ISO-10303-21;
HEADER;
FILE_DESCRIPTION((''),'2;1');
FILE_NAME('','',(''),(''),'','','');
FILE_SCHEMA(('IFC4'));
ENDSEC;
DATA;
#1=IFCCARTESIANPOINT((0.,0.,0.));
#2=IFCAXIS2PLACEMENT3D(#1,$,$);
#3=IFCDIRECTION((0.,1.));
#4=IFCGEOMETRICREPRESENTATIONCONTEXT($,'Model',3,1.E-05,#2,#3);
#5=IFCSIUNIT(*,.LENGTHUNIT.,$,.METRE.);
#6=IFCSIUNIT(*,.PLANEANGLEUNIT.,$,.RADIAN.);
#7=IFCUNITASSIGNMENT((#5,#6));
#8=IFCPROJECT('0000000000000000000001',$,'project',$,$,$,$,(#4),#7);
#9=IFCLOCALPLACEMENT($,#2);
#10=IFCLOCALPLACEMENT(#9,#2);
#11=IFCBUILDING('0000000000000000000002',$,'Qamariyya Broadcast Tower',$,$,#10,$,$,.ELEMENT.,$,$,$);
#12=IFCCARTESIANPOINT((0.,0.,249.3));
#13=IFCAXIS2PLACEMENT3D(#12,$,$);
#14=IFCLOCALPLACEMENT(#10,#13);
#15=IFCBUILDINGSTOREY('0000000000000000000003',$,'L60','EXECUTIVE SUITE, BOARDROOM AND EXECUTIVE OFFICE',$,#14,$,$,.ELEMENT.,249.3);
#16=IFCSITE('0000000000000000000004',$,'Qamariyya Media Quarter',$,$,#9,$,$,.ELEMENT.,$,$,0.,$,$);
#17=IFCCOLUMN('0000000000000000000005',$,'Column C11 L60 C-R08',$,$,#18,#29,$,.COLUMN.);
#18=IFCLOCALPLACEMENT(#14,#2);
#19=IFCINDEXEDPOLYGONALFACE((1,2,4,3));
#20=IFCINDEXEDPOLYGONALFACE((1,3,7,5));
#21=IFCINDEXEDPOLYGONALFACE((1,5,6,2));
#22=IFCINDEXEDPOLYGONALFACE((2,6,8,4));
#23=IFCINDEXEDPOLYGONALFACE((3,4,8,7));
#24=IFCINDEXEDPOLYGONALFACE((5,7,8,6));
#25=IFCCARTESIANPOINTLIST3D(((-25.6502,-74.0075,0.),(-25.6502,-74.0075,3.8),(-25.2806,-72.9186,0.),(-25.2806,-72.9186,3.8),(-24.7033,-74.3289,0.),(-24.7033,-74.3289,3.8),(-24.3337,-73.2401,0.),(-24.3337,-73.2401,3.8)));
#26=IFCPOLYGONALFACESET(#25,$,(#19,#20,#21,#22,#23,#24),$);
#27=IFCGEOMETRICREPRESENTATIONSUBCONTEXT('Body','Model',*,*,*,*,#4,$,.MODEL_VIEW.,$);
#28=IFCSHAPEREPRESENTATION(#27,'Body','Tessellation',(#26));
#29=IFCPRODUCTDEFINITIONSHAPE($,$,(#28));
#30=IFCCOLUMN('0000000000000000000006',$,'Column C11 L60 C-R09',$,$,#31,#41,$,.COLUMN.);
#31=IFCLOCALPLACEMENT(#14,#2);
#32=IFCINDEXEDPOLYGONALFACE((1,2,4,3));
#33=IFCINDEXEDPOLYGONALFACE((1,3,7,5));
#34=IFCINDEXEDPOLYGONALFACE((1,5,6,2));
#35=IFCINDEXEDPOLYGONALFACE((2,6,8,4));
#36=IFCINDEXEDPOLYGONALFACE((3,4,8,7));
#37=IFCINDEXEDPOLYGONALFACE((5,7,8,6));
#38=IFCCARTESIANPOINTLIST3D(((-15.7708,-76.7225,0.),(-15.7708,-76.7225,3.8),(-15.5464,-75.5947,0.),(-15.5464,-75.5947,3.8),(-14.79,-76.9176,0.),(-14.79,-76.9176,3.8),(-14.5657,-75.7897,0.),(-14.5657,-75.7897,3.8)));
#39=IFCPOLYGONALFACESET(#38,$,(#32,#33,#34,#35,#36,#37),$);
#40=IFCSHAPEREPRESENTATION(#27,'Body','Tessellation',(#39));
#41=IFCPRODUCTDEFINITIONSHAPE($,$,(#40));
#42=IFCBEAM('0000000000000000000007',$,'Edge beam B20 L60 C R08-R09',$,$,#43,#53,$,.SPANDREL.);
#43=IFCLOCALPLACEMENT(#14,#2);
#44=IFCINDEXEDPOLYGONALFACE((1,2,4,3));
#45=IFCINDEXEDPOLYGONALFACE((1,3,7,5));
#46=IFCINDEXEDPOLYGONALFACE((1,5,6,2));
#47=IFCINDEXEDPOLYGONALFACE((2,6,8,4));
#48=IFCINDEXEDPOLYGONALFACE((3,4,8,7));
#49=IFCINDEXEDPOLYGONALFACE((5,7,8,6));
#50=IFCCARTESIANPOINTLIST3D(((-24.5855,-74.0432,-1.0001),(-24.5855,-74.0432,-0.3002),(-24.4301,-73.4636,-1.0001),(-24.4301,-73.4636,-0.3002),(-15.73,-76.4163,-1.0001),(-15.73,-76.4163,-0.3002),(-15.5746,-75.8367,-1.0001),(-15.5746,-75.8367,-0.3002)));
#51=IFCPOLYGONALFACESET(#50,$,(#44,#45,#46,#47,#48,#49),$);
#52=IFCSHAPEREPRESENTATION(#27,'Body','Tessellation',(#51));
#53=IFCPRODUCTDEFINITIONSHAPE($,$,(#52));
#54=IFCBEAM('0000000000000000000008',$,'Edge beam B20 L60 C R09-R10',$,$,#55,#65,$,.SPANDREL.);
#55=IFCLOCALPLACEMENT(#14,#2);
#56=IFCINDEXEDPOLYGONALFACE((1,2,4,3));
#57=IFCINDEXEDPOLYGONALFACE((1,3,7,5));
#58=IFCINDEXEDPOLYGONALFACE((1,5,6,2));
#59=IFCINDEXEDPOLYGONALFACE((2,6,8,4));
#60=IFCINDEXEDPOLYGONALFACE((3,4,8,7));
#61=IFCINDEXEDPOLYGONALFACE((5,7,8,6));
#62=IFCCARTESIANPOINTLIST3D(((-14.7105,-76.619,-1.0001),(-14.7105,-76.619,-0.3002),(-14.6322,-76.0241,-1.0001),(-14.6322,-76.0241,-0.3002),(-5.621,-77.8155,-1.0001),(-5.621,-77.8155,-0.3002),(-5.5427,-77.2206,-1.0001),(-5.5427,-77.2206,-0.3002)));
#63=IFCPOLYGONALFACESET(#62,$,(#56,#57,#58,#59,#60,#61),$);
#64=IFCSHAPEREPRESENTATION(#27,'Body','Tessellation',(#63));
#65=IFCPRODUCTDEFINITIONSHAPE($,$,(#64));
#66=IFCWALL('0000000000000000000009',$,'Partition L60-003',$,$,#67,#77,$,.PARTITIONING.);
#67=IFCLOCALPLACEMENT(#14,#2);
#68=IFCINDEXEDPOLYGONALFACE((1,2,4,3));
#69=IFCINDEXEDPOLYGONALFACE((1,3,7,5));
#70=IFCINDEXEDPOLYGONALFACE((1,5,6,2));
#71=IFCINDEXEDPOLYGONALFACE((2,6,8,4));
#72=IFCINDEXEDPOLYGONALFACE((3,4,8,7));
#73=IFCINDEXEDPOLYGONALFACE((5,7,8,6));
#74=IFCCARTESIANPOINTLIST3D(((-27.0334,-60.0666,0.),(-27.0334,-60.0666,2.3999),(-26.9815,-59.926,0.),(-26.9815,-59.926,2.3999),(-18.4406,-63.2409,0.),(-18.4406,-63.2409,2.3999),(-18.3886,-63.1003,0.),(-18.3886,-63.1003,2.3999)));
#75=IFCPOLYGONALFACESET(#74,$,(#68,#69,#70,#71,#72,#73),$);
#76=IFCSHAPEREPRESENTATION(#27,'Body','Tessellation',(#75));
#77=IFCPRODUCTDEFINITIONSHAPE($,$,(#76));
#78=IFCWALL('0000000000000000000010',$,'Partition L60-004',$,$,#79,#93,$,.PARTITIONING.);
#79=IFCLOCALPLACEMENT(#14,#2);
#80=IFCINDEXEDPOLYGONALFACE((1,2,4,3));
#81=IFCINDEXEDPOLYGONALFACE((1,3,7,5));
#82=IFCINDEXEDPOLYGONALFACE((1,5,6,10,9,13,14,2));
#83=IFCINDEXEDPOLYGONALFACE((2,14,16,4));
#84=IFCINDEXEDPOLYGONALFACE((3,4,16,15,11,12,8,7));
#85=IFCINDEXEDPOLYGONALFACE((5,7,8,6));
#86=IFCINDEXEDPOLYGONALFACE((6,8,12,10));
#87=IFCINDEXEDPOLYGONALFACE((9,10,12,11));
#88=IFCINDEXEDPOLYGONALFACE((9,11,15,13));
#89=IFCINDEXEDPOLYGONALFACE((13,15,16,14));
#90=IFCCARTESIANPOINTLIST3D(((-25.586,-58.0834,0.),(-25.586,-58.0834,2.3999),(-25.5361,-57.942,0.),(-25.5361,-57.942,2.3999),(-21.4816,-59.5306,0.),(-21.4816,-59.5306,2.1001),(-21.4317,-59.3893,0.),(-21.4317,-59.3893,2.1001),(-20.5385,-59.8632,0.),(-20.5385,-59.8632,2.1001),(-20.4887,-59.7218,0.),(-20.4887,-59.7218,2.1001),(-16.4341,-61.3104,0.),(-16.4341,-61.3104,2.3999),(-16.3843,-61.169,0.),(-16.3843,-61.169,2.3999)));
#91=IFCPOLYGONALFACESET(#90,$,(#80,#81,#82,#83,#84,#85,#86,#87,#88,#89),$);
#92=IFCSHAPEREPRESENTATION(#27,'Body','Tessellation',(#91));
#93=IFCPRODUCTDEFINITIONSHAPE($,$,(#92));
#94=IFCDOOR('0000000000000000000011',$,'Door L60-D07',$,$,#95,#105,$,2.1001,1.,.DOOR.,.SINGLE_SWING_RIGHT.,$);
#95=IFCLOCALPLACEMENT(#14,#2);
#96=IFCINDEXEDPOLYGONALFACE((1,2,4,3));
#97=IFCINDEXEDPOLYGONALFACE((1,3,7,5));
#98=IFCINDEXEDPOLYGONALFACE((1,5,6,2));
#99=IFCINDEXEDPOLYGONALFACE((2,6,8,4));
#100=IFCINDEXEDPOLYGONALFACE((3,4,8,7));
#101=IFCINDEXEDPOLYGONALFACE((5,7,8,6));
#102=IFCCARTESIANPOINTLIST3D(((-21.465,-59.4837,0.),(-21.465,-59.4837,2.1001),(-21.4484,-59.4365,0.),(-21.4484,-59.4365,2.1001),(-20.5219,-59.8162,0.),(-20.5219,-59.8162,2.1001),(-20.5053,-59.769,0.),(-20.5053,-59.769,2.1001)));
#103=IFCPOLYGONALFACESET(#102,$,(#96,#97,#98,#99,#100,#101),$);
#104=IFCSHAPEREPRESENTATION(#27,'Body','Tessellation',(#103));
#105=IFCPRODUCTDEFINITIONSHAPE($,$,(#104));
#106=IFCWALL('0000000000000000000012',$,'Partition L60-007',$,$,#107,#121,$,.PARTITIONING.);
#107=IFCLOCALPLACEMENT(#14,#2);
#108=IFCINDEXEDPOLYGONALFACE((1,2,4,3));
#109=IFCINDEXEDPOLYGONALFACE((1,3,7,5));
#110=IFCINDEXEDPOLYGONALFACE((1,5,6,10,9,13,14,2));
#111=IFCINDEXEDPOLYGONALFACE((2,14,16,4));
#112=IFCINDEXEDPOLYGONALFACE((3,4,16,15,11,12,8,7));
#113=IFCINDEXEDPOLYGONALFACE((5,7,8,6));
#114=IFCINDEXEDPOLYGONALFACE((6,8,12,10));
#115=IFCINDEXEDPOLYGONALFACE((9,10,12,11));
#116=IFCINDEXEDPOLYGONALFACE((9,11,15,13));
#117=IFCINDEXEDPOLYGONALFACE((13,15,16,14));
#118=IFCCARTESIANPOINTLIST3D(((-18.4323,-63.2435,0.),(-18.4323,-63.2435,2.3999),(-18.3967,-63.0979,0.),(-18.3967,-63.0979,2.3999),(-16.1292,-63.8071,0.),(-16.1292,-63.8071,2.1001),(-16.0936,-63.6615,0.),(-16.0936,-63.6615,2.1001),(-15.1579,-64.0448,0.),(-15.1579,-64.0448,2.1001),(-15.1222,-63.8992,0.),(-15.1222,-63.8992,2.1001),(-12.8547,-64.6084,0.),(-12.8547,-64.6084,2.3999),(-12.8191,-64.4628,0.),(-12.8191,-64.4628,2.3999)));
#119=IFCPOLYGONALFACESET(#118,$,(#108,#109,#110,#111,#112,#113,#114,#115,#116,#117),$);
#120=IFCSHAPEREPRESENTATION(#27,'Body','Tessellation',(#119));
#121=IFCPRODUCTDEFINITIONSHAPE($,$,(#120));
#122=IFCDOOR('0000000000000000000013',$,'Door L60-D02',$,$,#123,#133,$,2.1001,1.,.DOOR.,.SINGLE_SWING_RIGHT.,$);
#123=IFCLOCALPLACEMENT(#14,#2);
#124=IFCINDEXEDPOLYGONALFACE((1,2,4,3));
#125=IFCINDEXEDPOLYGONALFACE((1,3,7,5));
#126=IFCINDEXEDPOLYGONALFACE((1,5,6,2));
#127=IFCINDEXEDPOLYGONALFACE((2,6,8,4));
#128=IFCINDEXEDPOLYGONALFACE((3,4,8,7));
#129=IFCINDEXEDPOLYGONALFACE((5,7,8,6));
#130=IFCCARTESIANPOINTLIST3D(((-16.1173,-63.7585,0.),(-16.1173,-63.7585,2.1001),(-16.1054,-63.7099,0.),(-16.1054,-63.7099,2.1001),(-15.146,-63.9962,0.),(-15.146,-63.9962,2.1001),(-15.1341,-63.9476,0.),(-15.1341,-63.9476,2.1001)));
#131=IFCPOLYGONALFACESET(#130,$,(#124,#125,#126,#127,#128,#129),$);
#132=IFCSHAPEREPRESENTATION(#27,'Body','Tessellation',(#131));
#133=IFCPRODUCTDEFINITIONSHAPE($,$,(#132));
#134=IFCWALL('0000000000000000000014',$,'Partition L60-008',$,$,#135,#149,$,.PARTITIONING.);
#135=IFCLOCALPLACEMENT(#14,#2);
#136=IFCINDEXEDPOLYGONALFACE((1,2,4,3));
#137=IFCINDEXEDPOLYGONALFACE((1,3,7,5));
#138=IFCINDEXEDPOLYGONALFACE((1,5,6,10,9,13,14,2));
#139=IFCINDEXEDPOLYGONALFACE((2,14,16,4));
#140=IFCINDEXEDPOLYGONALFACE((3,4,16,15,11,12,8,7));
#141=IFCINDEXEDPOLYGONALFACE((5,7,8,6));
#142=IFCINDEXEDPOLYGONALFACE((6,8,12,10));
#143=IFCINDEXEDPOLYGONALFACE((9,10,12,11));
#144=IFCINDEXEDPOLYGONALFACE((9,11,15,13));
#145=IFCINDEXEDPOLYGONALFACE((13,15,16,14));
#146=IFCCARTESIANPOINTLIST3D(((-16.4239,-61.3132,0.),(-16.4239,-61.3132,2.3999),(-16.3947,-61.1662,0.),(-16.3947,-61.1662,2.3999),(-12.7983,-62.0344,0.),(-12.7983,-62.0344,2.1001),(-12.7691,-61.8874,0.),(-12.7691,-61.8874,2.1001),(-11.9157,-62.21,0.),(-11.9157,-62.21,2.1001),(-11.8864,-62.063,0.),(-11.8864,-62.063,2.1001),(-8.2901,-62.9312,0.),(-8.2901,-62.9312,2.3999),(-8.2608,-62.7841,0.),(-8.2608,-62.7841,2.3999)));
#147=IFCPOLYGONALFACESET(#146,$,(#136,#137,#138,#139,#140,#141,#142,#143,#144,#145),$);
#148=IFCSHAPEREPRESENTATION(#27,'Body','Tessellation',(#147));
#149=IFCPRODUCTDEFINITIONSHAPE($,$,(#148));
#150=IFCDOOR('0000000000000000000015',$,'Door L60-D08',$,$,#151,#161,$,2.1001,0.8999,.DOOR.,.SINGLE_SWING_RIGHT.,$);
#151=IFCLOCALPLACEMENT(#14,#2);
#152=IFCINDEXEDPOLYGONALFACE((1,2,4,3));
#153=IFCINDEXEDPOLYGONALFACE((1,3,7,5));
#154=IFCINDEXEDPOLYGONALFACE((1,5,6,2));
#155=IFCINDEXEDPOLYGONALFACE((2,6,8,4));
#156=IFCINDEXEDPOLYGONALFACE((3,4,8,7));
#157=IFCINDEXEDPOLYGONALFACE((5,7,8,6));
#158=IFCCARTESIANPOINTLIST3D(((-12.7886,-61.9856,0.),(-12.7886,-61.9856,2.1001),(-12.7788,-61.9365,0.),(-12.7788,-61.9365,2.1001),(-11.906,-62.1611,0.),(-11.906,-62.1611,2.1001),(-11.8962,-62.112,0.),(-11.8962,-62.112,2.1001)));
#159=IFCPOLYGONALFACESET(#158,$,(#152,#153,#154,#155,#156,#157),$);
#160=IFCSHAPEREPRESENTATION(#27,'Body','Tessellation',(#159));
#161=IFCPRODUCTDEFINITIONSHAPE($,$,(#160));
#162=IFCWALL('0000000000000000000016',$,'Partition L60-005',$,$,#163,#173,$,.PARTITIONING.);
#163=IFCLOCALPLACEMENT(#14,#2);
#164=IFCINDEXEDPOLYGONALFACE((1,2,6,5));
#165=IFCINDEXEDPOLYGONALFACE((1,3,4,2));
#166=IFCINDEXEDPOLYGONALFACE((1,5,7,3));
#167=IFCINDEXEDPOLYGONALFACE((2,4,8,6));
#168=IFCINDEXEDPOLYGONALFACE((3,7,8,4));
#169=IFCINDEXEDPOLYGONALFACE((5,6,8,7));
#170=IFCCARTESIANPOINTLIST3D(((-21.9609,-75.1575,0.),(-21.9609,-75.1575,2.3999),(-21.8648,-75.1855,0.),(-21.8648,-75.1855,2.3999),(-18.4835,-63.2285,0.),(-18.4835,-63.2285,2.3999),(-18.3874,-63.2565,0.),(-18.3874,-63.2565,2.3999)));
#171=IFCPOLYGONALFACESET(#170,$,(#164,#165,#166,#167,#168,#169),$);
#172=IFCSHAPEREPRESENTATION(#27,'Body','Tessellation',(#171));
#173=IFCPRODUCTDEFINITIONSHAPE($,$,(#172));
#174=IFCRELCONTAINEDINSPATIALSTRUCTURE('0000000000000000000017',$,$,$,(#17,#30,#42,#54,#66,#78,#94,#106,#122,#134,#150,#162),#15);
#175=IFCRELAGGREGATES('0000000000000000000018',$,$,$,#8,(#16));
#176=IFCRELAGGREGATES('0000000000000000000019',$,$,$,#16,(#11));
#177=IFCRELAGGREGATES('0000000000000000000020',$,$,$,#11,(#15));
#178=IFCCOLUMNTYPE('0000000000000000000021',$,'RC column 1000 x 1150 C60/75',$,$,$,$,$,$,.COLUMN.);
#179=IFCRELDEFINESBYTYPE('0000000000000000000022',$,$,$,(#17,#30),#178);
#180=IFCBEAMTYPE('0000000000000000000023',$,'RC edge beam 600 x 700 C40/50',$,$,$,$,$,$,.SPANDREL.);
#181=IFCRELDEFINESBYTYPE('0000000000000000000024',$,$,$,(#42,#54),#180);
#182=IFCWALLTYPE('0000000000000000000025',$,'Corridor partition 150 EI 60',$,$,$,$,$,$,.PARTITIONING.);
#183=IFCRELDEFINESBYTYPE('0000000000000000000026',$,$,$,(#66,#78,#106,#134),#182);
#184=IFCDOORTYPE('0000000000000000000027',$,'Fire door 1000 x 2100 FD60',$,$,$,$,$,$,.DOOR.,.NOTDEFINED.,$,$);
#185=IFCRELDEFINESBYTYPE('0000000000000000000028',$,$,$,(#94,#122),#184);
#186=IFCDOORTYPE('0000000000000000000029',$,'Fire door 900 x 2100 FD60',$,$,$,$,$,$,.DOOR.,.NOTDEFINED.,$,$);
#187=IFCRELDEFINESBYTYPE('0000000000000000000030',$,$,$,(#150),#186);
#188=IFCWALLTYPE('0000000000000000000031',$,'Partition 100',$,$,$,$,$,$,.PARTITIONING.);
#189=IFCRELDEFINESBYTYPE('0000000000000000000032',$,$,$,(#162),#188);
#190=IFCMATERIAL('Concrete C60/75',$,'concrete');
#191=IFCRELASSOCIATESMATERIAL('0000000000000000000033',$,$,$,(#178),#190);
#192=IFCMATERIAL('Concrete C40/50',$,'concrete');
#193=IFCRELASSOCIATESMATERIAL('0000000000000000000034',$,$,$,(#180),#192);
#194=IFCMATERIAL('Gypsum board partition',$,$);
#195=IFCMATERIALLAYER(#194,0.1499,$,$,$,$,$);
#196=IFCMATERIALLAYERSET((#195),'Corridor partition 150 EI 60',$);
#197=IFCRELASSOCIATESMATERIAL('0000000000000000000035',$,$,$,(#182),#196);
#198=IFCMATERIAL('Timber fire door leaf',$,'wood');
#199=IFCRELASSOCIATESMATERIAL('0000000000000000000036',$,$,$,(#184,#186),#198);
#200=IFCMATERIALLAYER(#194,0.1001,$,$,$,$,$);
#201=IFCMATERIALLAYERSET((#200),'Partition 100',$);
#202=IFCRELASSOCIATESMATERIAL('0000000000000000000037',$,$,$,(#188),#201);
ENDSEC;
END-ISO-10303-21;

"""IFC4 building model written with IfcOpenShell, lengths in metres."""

from ifc_helpers import new_model, si_unit, direction, frame, frame_2d, origin, origin_2d, place, context, subcontext, project, spatial, rectangle, extrude, material, layer, layer_set, material_profile, profile_set, type_object, element, fill, save


model = new_model("IFC4")

# Units and contexts
model_context = context("Model", 3, precision=1e-05, world=origin(), true_north=direction((0.0, 1.0)))
body_context = subcontext(model_context, "Body", "Model", "MODEL_VIEW")
ifc_project = project(units=[si_unit("LENGTHUNIT", "METRE"), si_unit("PLANEANGLEUNIT", "RADIAN")], contexts=[model_context])

# Site, building, storey
site_placement = place(None, origin())
site = spatial("IfcSite", under=ifc_project, at=site_placement, Name="Qamariyya Media Quarter", CompositionType="ELEMENT", RefElevation=0.0)
building_placement = place(site_placement, origin())
building = spatial("IfcBuilding", under=site, at=building_placement, Name="Qamariyya Broadcast Tower", CompositionType="ELEMENT")
storey_placement = place(building_placement, frame((0.0, 0.0, 249.3)))
storey = spatial("IfcBuildingStorey", under=building, at=storey_placement, Name="L60", Description="EXECUTIVE SUITE, BOARDROOM AND EXECUTIVE OFFICE", CompositionType="ELEMENT", Elevation=249.3)

# Columns
ifc_material_1 = material(Name="Concrete C60/75", Category="concrete")
ifc_material_profile_1 = material_profile(ifc_material_1, rectangle(XDim=1.0, YDim=1.1499, at=origin_2d()))
ifc_profile_set_1 = profile_set([ifc_material_profile_1], Name="Concrete C60/75")
column_type = type_object("IfcColumnType", Name="RC column 1000 x 1150 C60/75", PredefinedType="COLUMN", material=ifc_profile_set_1)
for number, where, z_axis, x_axis, name in (
    (1, (-24.9919, -73.6238, 0.0), (0.0, 0.0, 1.0), (0.94693, -0.321439, 0.0), "Column C11 L60 C-R08"),
    (2, (-15.1682, -76.2561, 0.0), (0.0, 0.0, 1.0), (0.980785, -0.19509, 0.0), "Column C11 L60 C-R09"),
):
    element("IfcColumn", number, at=place(storey_placement, frame(where, z_axis=z_axis, x_axis=x_axis)), inside=storey, type_object=column_type, Name=name, PredefinedType="COLUMN", context=body_context, shape_type="SweptSolid", body=[
        extrude(rectangle(XDim=1.0, YDim=1.1499, at=origin_2d()), origin(), (0.0, 0.0, 1.0), 3.8),
    ])

# Beams
ifc_material_2 = material(Name="Concrete C40/50", Category="concrete")
ifc_material_profile_2 = material_profile(ifc_material_2, rectangle(XDim=0.6001, YDim=0.7, at=origin_2d()))
ifc_profile_set_2 = profile_set([ifc_material_profile_2], Name="Concrete C40/50")
beam_type = type_object("IfcBeamType", Name="RC edge beam 600 x 700 C40/50", PredefinedType="SPANDREL", material=ifc_profile_set_2)
for number, where, z_axis, x_axis, name in (
    (3, (-24.5078, -73.7534, -0.6501), (0.96592, -0.258843, 0.0), (0.258843, 0.96592, 0.0), "Edge beam B20 L60 C R08-R09"),
    (4, (-14.6714, -76.3215, -0.6501), (0.991447, -0.130512, 0.0), (0.130512, 0.991447, 0.0), "Edge beam B20 L60 C R09-R10"),
):
    element("IfcBeam", number, at=place(storey_placement, frame(where, z_axis=z_axis, x_axis=x_axis)), inside=storey, type_object=beam_type, Name=name, PredefinedType="SPANDREL", context=body_context, shape_type="SweptSolid", body=[
        extrude(rectangle(XDim=0.6001, YDim=0.7, at=origin_2d()), origin(), (0.0, 0.0, 1.0), 9.168),
    ])

# Wall
ifc_material_3 = material(Name="Gypsum board partition")
ifc_layer_1 = layer(ifc_material_3, 0.1499)
ifc_layer_set_1 = layer_set([ifc_layer_1], Name="Corridor partition 150 EI 60")
wall_type_1 = type_object("IfcWallType", Name="Corridor partition 150 EI 60", PredefinedType="PARTITIONING", material=ifc_layer_set_1)
wall_1_placement = place(storey_placement, frame((-27.0073, -59.9963, 0.0), z_axis=(0.0, 0.0, 1.0), x_axis=(0.93804, -0.346528, 0.0)))
element("IfcWall", 5, at=wall_1_placement, inside=storey, type_object=wall_type_1, Name="Partition L60-003", PredefinedType="PARTITIONING", context=body_context, shape_type="SweptSolid", body=[
    extrude(rectangle(XDim=9.1604, YDim=0.1499, at=frame_2d((4.5801, 0.0))), origin(), (0.0, 0.0, 1.0), 2.3999),
])

# Walls, openings, doors
wall_2_placement = place(storey_placement, frame((-25.561, -58.0127, 0.0), z_axis=(0.0, 0.0, 1.0), x_axis=(0.943088, -0.332544, 0.0)))
wall_2 = element("IfcWall", 6, at=wall_2_placement, inside=storey, type_object=wall_type_1, Name="Partition L60-004", PredefinedType="PARTITIONING", context=body_context, shape_type="SweptSolid", body=[
    extrude(rectangle(XDim=9.7041, YDim=0.1499, at=frame_2d((4.8521, 0.0))), origin(), (0.0, 0.0, 1.0), 2.3999),
])
opening_1_placement = place(wall_2_placement, frame((4.3521, 0.0, 0.0)))
opening_1 = element("IfcOpeningElement", 7, at=opening_1_placement, cuts=wall_2, PredefinedType="OPENING", context=body_context, shape_type="SweptSolid", body=[
    extrude(rectangle(XDim=1.0, YDim=2.1001, at=frame_2d((0.5, 1.05))), frame((0.0, 0.085, 0.0), z_axis=(0.0, -1.0, 0.0), x_axis=(1.0, 0.0, 0.0)), (0.0, 0.0, 1.0), 0.1699),
])
ifc_material_4 = material(Name="Timber fire door leaf", Category="wood")
door_type_1 = type_object("IfcDoorType", Name="Fire door 1000 x 2100 FD60", OperationType="NOTDEFINED", PredefinedType="DOOR", material=ifc_material_4)
door_1_placement = place(opening_1_placement, origin())
door_1 = element("IfcDoor", 8, at=door_1_placement, inside=storey, type_object=door_type_1, Name="Door L60-D07", OperationType="SINGLE_SWING_RIGHT", OverallHeight=2.1001, OverallWidth=1.0, PredefinedType="DOOR", context=body_context, shape_type="SweptSolid", body=[
    extrude(rectangle(XDim=1.0, YDim=2.1001, at=frame_2d((0.5, 1.05))), frame((0.0, 0.0249, 0.0), z_axis=(0.0, -1.0, 0.0), x_axis=(1.0, 0.0, 0.0)), (0.0, 0.0, 1.0), 0.05),
])
fill(opening_1, door_1)
wall_3_placement = place(storey_placement, frame((-12.8369, -64.5356, 0.0), z_axis=(0.0, 0.0, 1.0), x_axis=(-0.971336, 0.237711, 0.0)))
wall_3 = element("IfcWall", 9, at=wall_3_placement, inside=storey, type_object=wall_type_1, Name="Partition L60-007", PredefinedType="PARTITIONING", context=body_context, shape_type="SweptSolid", body=[
    extrude(rectangle(XDim=5.7422, YDim=0.1499, at=frame_2d((2.8711, 0.0))), origin(), (0.0, 0.0, 1.0), 2.3999),
])
opening_2_placement = place(wall_3_placement, frame((2.3711, 0.0, 0.0)))
opening_2 = element("IfcOpeningElement", 10, at=opening_2_placement, cuts=wall_3, PredefinedType="OPENING", context=body_context, shape_type="SweptSolid", body=[
    extrude(rectangle(XDim=1.0, YDim=2.1001, at=frame_2d((0.5, 1.05))), frame((0.0, 0.085, 0.0), z_axis=(0.0, -1.0, 0.0), x_axis=(1.0, 0.0, 0.0)), (0.0, 0.0, 1.0), 0.1699),
])
door_2_placement = place(opening_2_placement, origin())
door_2 = element("IfcDoor", 11, at=door_2_placement, inside=storey, type_object=door_type_1, Name="Door L60-D02", OperationType="SINGLE_SWING_RIGHT", OverallHeight=2.1001, OverallWidth=1.0, PredefinedType="DOOR", context=body_context, shape_type="SweptSolid", body=[
    extrude(rectangle(XDim=1.0, YDim=2.1001, at=frame_2d((0.5, 1.05))), frame((0.0, 0.0249, 0.0), z_axis=(0.0, -1.0, 0.0), x_axis=(1.0, 0.0, 0.0)), (0.0, 0.0, 1.0), 0.05),
])
fill(opening_2, door_2)
wall_4_placement = place(storey_placement, frame((-16.4092, -61.2397, 0.0), z_axis=(0.0, 0.0, 1.0), x_axis=(0.980785, -0.195091, 0.0)))
wall_4 = element("IfcWall", 12, at=wall_4_placement, inside=storey, type_object=wall_type_1, Name="Partition L60-008", PredefinedType="PARTITIONING", context=body_context, shape_type="SweptSolid", body=[
    extrude(rectangle(XDim=8.2932, YDim=0.1499, at=frame_2d((4.1465, 0.0))), origin(), (0.0, 0.0, 1.0), 2.3999),
])
opening_3_placement = place(wall_4_placement, frame((3.6965, 0.0, 0.0)))
opening_3 = element("IfcOpeningElement", 13, at=opening_3_placement, cuts=wall_4, PredefinedType="OPENING", context=body_context, shape_type="SweptSolid", body=[
    extrude(rectangle(XDim=0.8999, YDim=2.1001, at=frame_2d((0.45, 1.05))), frame((0.0, 0.085, 0.0), z_axis=(0.0, -1.0, 0.0), x_axis=(1.0, 0.0, 0.0)), (0.0, 0.0, 1.0), 0.1699),
])
door_type_2 = type_object("IfcDoorType", Name="Fire door 900 x 2100 FD60", OperationType="NOTDEFINED", PredefinedType="DOOR", material=ifc_material_4)
door_3_placement = place(opening_3_placement, origin())
door_3 = element("IfcDoor", 14, at=door_3_placement, inside=storey, type_object=door_type_2, Name="Door L60-D08", OperationType="SINGLE_SWING_RIGHT", OverallHeight=2.1001, OverallWidth=0.8999, PredefinedType="DOOR", context=body_context, shape_type="SweptSolid", body=[
    extrude(rectangle(XDim=0.8999, YDim=2.1001, at=frame_2d((0.45, 1.05))), frame((0.0, 0.0249, 0.0), z_axis=(0.0, -1.0, 0.0), x_axis=(1.0, 0.0, 0.0)), (0.0, 0.0, 1.0), 0.05),
])
fill(opening_3, door_3)

# Wall
ifc_layer_2 = layer(ifc_material_3, 0.1001)
ifc_layer_set_2 = layer_set([ifc_layer_2], Name="Partition 100")
wall_type_2 = type_object("IfcWallType", Name="Partition 100", PredefinedType="PARTITIONING", material=ifc_layer_set_2)
wall_5_placement = place(storey_placement, frame((-21.9128, -75.1716, 0.0), z_axis=(0.0, 0.0, 1.0), x_axis=(0.279853, 0.960043, 0.0)))
element("IfcWall", 15, at=wall_5_placement, inside=storey, type_object=wall_type_2, Name="Partition L60-005", PredefinedType="PARTITIONING", context=body_context, shape_type="SweptSolid", body=[
    extrude(rectangle(XDim=12.4255, YDim=0.1001, at=frame_2d((6.2129, 0.0))), origin(), (0.0, 0.0, 1.0), 2.3999),
])

save(model, "model.ifc")
